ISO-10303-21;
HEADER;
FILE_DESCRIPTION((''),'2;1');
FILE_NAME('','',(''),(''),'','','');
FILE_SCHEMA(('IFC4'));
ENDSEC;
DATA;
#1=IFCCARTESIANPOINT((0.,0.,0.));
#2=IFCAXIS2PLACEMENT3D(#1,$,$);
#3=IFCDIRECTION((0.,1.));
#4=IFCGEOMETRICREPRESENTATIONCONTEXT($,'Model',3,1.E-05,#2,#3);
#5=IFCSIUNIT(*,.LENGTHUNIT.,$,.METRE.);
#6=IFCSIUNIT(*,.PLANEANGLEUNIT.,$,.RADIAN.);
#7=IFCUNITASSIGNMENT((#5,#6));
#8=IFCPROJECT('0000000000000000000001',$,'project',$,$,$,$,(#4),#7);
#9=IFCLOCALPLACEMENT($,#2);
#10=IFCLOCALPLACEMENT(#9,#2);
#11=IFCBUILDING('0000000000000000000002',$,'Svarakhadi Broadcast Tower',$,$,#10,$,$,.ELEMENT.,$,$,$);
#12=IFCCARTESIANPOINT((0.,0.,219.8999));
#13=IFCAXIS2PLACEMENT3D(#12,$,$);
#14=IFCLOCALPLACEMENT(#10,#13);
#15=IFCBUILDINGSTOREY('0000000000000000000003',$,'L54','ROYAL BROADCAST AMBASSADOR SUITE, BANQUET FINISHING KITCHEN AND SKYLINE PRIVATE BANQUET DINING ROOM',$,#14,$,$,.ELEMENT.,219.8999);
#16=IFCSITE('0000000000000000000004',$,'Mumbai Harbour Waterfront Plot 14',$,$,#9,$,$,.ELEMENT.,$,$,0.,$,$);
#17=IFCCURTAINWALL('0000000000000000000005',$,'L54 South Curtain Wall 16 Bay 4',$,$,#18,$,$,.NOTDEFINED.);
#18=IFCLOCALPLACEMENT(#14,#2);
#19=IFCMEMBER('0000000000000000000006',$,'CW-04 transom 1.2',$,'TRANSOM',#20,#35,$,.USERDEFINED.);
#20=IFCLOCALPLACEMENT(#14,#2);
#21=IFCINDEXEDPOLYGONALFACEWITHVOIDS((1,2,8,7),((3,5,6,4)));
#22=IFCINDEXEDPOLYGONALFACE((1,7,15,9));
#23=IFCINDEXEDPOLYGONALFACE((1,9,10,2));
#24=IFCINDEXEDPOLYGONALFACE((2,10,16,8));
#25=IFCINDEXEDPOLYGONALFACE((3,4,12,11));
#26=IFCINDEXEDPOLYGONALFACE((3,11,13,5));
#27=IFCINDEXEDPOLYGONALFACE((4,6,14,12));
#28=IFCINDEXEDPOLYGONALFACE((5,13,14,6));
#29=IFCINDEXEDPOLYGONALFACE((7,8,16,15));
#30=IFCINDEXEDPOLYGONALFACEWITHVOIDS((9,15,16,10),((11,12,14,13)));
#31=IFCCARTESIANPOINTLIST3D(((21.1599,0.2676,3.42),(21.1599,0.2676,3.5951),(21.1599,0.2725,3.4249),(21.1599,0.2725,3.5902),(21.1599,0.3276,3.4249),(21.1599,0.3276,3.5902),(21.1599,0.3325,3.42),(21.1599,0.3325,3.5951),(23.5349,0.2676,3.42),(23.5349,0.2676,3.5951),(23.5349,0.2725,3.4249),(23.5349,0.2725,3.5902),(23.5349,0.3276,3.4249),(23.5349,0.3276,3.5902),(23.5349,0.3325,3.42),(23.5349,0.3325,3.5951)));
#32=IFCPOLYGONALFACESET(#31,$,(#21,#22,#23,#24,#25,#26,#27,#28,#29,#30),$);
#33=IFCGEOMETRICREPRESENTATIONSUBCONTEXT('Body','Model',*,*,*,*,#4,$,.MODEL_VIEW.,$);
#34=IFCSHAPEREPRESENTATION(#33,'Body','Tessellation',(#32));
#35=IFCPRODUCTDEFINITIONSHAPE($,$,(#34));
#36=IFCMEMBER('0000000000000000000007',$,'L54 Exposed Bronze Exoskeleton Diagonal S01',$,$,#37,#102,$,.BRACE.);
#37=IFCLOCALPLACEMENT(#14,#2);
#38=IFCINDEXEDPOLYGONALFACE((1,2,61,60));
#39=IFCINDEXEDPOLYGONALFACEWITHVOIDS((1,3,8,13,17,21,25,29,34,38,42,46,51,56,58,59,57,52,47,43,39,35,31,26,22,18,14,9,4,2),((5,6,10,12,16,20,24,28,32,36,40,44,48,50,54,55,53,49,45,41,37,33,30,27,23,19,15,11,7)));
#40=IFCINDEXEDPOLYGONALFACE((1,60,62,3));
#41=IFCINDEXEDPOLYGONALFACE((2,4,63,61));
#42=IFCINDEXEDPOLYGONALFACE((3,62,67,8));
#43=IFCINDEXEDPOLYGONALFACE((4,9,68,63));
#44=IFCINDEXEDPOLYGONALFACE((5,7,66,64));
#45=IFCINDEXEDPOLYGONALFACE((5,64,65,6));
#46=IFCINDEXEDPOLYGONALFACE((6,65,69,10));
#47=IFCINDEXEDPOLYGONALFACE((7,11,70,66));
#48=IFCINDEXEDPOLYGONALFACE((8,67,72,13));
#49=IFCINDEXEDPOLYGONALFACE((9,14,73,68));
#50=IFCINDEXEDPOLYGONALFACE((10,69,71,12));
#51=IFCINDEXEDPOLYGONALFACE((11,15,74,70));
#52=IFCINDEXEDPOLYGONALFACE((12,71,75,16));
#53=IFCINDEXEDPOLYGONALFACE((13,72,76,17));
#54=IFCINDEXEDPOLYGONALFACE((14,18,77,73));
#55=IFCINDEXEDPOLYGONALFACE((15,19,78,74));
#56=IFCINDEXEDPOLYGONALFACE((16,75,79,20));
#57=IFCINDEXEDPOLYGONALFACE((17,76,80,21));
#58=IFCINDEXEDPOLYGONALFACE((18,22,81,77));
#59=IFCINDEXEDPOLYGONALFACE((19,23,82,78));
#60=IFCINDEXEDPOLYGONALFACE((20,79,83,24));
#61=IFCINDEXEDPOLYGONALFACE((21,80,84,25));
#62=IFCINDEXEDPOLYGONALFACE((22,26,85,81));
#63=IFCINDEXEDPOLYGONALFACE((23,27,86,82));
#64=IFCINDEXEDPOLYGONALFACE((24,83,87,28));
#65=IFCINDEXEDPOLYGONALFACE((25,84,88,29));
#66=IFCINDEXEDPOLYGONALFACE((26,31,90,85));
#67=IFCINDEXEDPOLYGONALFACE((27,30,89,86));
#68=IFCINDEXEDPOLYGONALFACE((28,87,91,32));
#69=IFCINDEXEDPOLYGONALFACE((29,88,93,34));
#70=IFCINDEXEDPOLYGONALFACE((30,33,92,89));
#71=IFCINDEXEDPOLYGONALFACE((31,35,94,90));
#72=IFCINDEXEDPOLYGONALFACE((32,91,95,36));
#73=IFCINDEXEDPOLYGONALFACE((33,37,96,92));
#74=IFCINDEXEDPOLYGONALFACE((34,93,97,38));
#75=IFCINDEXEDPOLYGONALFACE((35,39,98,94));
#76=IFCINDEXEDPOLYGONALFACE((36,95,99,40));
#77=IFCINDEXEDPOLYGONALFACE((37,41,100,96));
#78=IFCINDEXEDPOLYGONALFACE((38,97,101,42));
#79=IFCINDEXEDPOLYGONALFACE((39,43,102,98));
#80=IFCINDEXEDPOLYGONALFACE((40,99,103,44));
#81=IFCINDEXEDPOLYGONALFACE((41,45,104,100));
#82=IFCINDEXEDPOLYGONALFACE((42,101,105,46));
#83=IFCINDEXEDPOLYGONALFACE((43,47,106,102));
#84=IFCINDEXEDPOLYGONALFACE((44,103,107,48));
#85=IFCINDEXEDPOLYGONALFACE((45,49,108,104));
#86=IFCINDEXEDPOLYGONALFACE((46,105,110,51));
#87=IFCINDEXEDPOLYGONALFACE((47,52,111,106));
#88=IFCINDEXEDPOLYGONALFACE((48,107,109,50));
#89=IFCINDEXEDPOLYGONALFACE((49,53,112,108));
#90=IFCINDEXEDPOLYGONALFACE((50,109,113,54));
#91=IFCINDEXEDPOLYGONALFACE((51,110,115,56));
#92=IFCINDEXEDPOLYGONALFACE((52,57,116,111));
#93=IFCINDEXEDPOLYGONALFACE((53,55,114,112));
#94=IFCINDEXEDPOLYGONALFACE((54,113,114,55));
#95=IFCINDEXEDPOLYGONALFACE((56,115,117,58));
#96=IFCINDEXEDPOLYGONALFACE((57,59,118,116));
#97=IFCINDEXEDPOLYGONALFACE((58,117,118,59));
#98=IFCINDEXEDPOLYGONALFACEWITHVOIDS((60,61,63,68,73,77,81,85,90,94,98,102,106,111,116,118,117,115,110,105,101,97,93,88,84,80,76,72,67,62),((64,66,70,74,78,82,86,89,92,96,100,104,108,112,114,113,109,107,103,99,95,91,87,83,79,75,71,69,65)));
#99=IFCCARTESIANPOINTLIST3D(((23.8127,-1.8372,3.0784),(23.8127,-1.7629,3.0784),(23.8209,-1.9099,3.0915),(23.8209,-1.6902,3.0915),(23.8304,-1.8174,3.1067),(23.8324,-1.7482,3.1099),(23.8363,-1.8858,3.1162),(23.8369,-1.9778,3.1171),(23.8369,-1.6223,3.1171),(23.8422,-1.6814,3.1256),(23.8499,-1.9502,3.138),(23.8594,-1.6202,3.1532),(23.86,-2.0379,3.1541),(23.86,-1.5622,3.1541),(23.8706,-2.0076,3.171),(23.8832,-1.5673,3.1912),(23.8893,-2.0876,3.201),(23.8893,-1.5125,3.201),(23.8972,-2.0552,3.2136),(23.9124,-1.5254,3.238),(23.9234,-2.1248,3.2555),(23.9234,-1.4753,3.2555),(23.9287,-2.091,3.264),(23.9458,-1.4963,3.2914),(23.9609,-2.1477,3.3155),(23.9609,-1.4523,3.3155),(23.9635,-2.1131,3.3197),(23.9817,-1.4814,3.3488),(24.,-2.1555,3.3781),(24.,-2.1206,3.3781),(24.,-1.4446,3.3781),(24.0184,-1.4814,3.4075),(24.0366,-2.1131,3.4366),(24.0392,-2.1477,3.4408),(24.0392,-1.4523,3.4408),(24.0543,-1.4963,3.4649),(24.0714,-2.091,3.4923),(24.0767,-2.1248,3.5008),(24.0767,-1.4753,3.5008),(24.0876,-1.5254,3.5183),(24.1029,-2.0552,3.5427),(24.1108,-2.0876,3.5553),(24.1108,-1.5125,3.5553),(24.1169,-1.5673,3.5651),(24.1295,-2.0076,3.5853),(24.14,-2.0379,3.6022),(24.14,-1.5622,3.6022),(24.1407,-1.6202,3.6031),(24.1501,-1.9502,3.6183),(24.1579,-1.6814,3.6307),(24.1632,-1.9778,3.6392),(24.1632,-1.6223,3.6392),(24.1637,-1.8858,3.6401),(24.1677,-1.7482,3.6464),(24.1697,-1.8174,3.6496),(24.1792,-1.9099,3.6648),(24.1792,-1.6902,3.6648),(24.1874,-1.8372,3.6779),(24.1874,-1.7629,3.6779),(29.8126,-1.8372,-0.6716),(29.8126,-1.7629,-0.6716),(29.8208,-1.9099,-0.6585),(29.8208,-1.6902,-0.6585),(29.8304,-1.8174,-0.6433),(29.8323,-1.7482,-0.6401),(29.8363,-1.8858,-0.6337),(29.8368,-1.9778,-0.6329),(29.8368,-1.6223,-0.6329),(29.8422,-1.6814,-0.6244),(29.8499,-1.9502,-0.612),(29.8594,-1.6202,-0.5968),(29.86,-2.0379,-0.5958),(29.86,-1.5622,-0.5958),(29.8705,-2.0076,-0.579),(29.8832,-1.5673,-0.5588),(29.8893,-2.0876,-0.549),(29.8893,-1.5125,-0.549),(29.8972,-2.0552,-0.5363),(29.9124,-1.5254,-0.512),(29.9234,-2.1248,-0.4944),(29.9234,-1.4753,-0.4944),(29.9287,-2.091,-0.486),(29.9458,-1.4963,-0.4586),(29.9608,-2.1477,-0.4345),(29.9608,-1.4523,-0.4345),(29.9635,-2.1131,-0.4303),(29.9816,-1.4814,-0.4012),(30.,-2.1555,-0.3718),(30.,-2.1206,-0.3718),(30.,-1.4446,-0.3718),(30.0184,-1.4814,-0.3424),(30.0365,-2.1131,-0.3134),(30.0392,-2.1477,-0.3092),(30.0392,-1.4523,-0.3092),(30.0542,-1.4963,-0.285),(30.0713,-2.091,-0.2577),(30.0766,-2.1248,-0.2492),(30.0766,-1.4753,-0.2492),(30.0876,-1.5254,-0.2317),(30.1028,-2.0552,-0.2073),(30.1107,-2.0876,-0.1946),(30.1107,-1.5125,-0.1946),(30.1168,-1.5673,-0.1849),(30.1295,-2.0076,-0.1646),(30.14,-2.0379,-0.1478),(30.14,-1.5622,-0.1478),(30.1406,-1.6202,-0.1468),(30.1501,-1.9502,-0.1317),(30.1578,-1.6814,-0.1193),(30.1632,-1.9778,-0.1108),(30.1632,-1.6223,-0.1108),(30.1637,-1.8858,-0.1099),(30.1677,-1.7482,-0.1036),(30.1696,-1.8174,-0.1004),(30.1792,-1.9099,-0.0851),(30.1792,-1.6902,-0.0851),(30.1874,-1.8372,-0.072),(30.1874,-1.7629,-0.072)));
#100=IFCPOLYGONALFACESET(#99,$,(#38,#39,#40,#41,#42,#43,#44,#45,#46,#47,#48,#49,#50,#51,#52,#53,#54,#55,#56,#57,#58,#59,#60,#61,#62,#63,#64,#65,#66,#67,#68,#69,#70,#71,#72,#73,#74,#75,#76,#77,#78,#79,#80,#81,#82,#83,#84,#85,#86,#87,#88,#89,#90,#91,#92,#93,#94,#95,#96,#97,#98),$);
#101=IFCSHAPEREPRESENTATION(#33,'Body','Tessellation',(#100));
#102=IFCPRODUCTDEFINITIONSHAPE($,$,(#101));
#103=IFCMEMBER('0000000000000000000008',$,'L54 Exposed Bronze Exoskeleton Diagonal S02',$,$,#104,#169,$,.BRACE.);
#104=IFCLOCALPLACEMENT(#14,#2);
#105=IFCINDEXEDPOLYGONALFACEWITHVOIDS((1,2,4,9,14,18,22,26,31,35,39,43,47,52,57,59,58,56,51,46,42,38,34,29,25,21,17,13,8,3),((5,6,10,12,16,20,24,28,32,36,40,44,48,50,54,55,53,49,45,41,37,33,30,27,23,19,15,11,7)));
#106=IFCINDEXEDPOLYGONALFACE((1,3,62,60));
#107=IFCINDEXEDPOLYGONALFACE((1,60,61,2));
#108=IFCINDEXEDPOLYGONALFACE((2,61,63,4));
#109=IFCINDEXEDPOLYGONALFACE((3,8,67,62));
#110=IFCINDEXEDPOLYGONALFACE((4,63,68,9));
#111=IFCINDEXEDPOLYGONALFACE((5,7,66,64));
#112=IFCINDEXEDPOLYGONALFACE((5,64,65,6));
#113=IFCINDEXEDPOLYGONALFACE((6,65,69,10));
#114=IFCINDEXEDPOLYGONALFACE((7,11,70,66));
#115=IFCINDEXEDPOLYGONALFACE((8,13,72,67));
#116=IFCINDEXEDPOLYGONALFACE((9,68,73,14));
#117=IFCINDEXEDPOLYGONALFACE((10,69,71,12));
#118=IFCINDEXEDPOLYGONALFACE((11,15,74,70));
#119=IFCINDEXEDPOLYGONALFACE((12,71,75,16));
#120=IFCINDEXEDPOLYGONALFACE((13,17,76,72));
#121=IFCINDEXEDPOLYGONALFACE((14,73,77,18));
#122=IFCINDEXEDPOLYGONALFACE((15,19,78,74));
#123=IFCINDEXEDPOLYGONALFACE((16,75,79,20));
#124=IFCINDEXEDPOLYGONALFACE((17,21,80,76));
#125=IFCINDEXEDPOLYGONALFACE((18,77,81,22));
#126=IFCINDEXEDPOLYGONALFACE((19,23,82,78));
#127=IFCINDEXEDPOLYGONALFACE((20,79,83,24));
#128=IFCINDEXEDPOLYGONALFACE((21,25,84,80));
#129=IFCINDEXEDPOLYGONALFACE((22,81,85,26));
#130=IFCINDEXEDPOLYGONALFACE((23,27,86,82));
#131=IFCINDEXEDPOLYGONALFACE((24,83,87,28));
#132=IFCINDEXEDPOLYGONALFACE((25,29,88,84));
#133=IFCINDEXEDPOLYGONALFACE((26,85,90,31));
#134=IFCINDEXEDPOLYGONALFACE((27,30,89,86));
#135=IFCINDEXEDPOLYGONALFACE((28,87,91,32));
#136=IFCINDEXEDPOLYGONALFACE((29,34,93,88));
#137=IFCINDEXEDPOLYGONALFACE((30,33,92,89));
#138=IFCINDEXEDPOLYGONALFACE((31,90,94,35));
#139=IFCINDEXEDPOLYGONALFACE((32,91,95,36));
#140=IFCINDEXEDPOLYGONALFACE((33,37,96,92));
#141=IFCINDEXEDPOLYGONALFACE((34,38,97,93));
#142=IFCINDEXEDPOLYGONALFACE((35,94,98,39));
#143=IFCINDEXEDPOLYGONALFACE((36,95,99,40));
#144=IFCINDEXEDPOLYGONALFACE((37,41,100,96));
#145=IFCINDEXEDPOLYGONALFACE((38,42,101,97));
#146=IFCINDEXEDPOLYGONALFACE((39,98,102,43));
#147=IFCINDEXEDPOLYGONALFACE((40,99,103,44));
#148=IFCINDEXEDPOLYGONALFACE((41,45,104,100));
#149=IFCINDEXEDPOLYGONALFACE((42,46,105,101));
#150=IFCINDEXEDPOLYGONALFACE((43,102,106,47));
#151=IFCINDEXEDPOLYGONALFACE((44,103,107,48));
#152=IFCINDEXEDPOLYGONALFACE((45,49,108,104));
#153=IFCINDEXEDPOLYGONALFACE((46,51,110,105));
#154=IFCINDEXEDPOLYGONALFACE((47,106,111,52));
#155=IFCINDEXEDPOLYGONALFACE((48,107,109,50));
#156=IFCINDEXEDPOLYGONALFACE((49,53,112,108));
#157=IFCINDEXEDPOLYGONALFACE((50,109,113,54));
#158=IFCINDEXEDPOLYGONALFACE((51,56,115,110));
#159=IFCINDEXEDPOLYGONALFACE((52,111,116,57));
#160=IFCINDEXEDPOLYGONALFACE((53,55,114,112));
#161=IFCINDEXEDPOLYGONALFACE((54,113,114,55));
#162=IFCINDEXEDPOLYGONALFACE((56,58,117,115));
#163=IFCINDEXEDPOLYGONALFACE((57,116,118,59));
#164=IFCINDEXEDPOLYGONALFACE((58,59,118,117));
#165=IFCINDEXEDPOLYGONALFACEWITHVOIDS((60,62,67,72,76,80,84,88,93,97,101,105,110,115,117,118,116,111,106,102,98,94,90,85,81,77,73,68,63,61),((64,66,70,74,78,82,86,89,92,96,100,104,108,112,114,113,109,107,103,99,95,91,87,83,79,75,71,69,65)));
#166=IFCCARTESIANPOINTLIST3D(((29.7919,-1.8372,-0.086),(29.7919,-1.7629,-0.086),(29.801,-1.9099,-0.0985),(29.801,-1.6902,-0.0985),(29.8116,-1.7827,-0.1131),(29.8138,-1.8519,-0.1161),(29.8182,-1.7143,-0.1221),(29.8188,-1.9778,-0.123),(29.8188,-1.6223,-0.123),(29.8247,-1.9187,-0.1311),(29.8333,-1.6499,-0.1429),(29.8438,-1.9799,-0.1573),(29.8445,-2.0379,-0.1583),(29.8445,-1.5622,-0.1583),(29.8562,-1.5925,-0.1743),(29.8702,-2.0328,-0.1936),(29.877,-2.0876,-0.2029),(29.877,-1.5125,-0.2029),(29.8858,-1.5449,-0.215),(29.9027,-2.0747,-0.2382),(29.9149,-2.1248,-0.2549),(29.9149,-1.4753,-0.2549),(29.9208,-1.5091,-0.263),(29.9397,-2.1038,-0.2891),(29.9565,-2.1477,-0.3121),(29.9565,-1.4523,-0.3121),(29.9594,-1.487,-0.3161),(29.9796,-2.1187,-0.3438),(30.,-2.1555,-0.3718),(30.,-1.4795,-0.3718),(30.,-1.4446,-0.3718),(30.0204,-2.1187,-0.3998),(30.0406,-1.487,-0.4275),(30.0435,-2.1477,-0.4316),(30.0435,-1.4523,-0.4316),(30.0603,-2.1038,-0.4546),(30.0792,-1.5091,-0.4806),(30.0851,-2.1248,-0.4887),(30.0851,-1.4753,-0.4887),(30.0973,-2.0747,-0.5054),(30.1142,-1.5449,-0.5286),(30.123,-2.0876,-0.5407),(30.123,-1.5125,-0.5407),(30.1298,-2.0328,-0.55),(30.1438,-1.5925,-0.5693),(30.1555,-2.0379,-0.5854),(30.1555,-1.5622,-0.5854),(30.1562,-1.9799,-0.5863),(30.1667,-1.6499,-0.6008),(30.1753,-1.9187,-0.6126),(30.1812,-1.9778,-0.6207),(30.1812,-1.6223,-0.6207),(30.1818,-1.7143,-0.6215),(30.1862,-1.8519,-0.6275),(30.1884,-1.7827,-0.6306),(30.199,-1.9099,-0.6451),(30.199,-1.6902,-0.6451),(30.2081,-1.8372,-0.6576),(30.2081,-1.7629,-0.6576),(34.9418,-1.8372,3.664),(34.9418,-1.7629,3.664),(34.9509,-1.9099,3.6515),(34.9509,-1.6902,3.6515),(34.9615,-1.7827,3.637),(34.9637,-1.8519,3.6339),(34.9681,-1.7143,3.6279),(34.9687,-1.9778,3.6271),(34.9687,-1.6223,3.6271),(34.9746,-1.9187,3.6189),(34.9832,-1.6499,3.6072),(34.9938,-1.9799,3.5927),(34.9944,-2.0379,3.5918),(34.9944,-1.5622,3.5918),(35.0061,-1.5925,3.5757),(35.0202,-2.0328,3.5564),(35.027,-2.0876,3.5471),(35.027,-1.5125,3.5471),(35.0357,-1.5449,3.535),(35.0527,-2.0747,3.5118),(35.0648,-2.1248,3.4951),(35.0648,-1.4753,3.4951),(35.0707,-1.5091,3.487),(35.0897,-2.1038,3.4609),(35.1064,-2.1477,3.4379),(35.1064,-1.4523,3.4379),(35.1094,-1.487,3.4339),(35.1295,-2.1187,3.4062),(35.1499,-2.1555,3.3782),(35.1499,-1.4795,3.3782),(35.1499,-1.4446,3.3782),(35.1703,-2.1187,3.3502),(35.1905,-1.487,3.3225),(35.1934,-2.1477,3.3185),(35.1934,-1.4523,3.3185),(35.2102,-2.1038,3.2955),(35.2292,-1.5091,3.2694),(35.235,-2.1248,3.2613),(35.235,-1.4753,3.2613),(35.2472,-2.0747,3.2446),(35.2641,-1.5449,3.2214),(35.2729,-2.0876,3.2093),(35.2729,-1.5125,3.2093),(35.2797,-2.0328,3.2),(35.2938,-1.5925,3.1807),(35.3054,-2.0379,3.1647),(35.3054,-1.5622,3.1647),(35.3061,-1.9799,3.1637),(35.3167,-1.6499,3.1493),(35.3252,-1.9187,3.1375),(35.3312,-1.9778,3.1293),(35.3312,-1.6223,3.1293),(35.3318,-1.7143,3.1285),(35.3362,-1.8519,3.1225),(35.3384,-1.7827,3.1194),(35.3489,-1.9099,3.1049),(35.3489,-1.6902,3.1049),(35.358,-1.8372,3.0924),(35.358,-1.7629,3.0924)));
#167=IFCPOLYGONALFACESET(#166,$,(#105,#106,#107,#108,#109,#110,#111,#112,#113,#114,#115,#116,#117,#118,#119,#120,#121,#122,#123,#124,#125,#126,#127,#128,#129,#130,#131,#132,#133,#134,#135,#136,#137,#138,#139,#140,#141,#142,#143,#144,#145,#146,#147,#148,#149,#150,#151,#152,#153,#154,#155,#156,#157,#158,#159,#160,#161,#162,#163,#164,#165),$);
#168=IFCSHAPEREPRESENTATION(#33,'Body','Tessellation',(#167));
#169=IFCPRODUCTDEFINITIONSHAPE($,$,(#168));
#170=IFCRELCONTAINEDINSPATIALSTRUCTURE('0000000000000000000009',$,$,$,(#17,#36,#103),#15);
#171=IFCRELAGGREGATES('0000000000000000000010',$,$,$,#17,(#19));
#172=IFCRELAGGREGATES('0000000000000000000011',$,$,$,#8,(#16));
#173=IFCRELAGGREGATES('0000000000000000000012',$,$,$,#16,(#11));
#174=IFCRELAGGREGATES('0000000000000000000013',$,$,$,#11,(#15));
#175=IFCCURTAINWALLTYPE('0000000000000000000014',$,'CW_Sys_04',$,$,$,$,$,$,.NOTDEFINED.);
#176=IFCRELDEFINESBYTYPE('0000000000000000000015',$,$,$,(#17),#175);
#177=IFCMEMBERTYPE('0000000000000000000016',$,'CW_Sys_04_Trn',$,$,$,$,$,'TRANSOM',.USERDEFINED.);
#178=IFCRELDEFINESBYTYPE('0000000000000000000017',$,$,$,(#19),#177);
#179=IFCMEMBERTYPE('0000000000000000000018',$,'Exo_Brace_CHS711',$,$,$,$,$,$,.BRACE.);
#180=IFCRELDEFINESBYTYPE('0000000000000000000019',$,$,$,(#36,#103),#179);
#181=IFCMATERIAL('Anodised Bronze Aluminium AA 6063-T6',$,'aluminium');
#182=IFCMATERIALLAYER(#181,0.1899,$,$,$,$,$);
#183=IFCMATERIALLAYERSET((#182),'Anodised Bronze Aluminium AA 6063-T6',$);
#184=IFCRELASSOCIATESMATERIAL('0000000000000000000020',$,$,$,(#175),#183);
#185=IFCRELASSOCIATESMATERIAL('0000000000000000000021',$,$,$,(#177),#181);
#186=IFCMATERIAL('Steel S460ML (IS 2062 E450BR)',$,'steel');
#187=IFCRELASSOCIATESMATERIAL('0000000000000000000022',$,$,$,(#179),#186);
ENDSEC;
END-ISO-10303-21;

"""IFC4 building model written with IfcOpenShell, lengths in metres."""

from ifc_helpers import new_model, si_unit, direction, frame, origin, origin_2d, place, context, subcontext, project, spatial, hollow_rectangle, hollow_circle, extrude, material, layer, layer_set, material_profile, profile_set, type_object, element, aggregate, save


model = new_model("IFC4")

# Units and contexts
model_context = context("Model", 3, precision=1e-05, world=origin(), true_north=direction((0.0, 1.0)))
body_context = subcontext(model_context, "Body", "Model", "MODEL_VIEW")
ifc_project = project(units=[si_unit("LENGTHUNIT", "METRE"), si_unit("PLANEANGLEUNIT", "RADIAN")], contexts=[model_context])

# Site, building, storey
site_placement = place(None, origin())
site = spatial("IfcSite", under=ifc_project, at=site_placement, Name="Mumbai Harbour Waterfront Plot 14", CompositionType="ELEMENT", RefElevation=0.0)
building_placement = place(site_placement, origin())
building = spatial("IfcBuilding", under=site, at=building_placement, Name="Svarakhadi Broadcast Tower", CompositionType="ELEMENT")
storey_placement = place(building_placement, frame((0.0, 0.0, 219.8999)))
storey = spatial("IfcBuildingStorey", under=building, at=storey_placement, Name="L54", Description="ROYAL BROADCAST AMBASSADOR SUITE, BANQUET FINISHING KITCHEN AND SKYLINE PRIVATE BANQUET DINING ROOM", CompositionType="ELEMENT", Elevation=219.8999)

# Shared definitions
ifc_material_1 = material(Name="Steel S460ML (IS 2062 E450BR)", Category="steel")

# Curtain wall
ifc_material_2 = material(Name="Anodised Bronze Aluminium AA 6063-T6", Category="aluminium")
ifc_layer_1 = layer(ifc_material_2, 0.1899)
ifc_layer_set_1 = layer_set([ifc_layer_1], Name="Anodised Bronze Aluminium AA 6063-T6")
curtain_wall_type = type_object("IfcCurtainWallType", Name="CW_Sys_04", PredefinedType="NOTDEFINED", material=ifc_layer_set_1)
curtain_wall_1_placement = place(storey_placement, origin())
curtain_wall_1 = element("IfcCurtainWall", 1, at=curtain_wall_1_placement, inside=storey, type_object=curtain_wall_type, Name="L54 South Curtain Wall 16 Bay 4", PredefinedType="NOTDEFINED")

# Member
ifc_material_profile_1 = material_profile(ifc_material_2, hollow_rectangle(XDim=0.0649, YDim=0.175, WallThickness=0.0049, at=origin_2d()), Name="ALU TRANSOM 175x65x5")
ifc_profile_set_1 = profile_set([ifc_material_profile_1], Name="Anodised Bronze Aluminium AA 6063-T6")
member_type_1 = type_object("IfcMemberType", Name="CW_Sys_04_Trn", ElementType="TRANSOM", PredefinedType="USERDEFINED", material=ifc_profile_set_1)
member_1_placement = place(storey_placement, frame((23.5349, 0.3, 3.5076), z_axis=(-1.0, 0.0, 0.0), x_axis=(0.0, -1.0, 0.0)))
member_1 = element("IfcMember", 2, at=member_1_placement, type_object=member_type_1, Name="CW-04 transom 1.2", ObjectType="TRANSOM", PredefinedType="USERDEFINED", context=body_context, shape_type="SweptSolid", body=[
    extrude(hollow_rectangle(XDim=0.0649, YDim=0.175, WallThickness=0.0049, at=origin_2d()), origin(), (0.0, 0.0, 1.0), 2.375),
])

# Members
ifc_material_profile_2 = material_profile(ifc_material_1, hollow_circle(Radius=0.3555, WallThickness=0.0349, at=origin_2d()), Name="CHS 711x35")
ifc_profile_set_2 = profile_set([ifc_material_profile_2], Name="Steel S460ML (IS 2062 E450BR)")
member_type_2 = type_object("IfcMemberType", Name="Exo_Brace_CHS711", PredefinedType="BRACE", material=ifc_profile_set_2)
member_2_placement = place(storey_placement, frame((30.0, -1.8, -0.3718), z_axis=(-0.847998, 0.0, 0.529999), x_axis=(0.0, -1.0, 0.0)))
element("IfcMember", 3, at=member_2_placement, inside=storey, type_object=member_type_2, Name="L54 Exposed Bronze Exoskeleton Diagonal S01", PredefinedType="BRACE", context=body_context, shape_type="SweptSolid", body=[
    extrude(hollow_circle(Radius=0.3555, WallThickness=0.0349, at=origin_2d()), origin(), (0.0, 0.0, 1.0), 7.0754),
])
member_3_placement = place(storey_placement, frame((30.0, -1.8, -0.3718), z_axis=(0.808391, 0.0, 0.588646), x_axis=(0.0, 1.0, 0.0)))
element("IfcMember", 4, at=member_3_placement, inside=storey, type_object=member_type_2, Name="L54 Exposed Bronze Exoskeleton Diagonal S02", PredefinedType="BRACE", context=body_context, shape_type="SweptSolid", body=[
    extrude(hollow_circle(Radius=0.3555, WallThickness=0.0349, at=origin_2d()), origin(), (0.0, 0.0, 1.0), 6.3706),
])

aggregate(curtain_wall_1, [member_1])

save(model, "model.ifc")
